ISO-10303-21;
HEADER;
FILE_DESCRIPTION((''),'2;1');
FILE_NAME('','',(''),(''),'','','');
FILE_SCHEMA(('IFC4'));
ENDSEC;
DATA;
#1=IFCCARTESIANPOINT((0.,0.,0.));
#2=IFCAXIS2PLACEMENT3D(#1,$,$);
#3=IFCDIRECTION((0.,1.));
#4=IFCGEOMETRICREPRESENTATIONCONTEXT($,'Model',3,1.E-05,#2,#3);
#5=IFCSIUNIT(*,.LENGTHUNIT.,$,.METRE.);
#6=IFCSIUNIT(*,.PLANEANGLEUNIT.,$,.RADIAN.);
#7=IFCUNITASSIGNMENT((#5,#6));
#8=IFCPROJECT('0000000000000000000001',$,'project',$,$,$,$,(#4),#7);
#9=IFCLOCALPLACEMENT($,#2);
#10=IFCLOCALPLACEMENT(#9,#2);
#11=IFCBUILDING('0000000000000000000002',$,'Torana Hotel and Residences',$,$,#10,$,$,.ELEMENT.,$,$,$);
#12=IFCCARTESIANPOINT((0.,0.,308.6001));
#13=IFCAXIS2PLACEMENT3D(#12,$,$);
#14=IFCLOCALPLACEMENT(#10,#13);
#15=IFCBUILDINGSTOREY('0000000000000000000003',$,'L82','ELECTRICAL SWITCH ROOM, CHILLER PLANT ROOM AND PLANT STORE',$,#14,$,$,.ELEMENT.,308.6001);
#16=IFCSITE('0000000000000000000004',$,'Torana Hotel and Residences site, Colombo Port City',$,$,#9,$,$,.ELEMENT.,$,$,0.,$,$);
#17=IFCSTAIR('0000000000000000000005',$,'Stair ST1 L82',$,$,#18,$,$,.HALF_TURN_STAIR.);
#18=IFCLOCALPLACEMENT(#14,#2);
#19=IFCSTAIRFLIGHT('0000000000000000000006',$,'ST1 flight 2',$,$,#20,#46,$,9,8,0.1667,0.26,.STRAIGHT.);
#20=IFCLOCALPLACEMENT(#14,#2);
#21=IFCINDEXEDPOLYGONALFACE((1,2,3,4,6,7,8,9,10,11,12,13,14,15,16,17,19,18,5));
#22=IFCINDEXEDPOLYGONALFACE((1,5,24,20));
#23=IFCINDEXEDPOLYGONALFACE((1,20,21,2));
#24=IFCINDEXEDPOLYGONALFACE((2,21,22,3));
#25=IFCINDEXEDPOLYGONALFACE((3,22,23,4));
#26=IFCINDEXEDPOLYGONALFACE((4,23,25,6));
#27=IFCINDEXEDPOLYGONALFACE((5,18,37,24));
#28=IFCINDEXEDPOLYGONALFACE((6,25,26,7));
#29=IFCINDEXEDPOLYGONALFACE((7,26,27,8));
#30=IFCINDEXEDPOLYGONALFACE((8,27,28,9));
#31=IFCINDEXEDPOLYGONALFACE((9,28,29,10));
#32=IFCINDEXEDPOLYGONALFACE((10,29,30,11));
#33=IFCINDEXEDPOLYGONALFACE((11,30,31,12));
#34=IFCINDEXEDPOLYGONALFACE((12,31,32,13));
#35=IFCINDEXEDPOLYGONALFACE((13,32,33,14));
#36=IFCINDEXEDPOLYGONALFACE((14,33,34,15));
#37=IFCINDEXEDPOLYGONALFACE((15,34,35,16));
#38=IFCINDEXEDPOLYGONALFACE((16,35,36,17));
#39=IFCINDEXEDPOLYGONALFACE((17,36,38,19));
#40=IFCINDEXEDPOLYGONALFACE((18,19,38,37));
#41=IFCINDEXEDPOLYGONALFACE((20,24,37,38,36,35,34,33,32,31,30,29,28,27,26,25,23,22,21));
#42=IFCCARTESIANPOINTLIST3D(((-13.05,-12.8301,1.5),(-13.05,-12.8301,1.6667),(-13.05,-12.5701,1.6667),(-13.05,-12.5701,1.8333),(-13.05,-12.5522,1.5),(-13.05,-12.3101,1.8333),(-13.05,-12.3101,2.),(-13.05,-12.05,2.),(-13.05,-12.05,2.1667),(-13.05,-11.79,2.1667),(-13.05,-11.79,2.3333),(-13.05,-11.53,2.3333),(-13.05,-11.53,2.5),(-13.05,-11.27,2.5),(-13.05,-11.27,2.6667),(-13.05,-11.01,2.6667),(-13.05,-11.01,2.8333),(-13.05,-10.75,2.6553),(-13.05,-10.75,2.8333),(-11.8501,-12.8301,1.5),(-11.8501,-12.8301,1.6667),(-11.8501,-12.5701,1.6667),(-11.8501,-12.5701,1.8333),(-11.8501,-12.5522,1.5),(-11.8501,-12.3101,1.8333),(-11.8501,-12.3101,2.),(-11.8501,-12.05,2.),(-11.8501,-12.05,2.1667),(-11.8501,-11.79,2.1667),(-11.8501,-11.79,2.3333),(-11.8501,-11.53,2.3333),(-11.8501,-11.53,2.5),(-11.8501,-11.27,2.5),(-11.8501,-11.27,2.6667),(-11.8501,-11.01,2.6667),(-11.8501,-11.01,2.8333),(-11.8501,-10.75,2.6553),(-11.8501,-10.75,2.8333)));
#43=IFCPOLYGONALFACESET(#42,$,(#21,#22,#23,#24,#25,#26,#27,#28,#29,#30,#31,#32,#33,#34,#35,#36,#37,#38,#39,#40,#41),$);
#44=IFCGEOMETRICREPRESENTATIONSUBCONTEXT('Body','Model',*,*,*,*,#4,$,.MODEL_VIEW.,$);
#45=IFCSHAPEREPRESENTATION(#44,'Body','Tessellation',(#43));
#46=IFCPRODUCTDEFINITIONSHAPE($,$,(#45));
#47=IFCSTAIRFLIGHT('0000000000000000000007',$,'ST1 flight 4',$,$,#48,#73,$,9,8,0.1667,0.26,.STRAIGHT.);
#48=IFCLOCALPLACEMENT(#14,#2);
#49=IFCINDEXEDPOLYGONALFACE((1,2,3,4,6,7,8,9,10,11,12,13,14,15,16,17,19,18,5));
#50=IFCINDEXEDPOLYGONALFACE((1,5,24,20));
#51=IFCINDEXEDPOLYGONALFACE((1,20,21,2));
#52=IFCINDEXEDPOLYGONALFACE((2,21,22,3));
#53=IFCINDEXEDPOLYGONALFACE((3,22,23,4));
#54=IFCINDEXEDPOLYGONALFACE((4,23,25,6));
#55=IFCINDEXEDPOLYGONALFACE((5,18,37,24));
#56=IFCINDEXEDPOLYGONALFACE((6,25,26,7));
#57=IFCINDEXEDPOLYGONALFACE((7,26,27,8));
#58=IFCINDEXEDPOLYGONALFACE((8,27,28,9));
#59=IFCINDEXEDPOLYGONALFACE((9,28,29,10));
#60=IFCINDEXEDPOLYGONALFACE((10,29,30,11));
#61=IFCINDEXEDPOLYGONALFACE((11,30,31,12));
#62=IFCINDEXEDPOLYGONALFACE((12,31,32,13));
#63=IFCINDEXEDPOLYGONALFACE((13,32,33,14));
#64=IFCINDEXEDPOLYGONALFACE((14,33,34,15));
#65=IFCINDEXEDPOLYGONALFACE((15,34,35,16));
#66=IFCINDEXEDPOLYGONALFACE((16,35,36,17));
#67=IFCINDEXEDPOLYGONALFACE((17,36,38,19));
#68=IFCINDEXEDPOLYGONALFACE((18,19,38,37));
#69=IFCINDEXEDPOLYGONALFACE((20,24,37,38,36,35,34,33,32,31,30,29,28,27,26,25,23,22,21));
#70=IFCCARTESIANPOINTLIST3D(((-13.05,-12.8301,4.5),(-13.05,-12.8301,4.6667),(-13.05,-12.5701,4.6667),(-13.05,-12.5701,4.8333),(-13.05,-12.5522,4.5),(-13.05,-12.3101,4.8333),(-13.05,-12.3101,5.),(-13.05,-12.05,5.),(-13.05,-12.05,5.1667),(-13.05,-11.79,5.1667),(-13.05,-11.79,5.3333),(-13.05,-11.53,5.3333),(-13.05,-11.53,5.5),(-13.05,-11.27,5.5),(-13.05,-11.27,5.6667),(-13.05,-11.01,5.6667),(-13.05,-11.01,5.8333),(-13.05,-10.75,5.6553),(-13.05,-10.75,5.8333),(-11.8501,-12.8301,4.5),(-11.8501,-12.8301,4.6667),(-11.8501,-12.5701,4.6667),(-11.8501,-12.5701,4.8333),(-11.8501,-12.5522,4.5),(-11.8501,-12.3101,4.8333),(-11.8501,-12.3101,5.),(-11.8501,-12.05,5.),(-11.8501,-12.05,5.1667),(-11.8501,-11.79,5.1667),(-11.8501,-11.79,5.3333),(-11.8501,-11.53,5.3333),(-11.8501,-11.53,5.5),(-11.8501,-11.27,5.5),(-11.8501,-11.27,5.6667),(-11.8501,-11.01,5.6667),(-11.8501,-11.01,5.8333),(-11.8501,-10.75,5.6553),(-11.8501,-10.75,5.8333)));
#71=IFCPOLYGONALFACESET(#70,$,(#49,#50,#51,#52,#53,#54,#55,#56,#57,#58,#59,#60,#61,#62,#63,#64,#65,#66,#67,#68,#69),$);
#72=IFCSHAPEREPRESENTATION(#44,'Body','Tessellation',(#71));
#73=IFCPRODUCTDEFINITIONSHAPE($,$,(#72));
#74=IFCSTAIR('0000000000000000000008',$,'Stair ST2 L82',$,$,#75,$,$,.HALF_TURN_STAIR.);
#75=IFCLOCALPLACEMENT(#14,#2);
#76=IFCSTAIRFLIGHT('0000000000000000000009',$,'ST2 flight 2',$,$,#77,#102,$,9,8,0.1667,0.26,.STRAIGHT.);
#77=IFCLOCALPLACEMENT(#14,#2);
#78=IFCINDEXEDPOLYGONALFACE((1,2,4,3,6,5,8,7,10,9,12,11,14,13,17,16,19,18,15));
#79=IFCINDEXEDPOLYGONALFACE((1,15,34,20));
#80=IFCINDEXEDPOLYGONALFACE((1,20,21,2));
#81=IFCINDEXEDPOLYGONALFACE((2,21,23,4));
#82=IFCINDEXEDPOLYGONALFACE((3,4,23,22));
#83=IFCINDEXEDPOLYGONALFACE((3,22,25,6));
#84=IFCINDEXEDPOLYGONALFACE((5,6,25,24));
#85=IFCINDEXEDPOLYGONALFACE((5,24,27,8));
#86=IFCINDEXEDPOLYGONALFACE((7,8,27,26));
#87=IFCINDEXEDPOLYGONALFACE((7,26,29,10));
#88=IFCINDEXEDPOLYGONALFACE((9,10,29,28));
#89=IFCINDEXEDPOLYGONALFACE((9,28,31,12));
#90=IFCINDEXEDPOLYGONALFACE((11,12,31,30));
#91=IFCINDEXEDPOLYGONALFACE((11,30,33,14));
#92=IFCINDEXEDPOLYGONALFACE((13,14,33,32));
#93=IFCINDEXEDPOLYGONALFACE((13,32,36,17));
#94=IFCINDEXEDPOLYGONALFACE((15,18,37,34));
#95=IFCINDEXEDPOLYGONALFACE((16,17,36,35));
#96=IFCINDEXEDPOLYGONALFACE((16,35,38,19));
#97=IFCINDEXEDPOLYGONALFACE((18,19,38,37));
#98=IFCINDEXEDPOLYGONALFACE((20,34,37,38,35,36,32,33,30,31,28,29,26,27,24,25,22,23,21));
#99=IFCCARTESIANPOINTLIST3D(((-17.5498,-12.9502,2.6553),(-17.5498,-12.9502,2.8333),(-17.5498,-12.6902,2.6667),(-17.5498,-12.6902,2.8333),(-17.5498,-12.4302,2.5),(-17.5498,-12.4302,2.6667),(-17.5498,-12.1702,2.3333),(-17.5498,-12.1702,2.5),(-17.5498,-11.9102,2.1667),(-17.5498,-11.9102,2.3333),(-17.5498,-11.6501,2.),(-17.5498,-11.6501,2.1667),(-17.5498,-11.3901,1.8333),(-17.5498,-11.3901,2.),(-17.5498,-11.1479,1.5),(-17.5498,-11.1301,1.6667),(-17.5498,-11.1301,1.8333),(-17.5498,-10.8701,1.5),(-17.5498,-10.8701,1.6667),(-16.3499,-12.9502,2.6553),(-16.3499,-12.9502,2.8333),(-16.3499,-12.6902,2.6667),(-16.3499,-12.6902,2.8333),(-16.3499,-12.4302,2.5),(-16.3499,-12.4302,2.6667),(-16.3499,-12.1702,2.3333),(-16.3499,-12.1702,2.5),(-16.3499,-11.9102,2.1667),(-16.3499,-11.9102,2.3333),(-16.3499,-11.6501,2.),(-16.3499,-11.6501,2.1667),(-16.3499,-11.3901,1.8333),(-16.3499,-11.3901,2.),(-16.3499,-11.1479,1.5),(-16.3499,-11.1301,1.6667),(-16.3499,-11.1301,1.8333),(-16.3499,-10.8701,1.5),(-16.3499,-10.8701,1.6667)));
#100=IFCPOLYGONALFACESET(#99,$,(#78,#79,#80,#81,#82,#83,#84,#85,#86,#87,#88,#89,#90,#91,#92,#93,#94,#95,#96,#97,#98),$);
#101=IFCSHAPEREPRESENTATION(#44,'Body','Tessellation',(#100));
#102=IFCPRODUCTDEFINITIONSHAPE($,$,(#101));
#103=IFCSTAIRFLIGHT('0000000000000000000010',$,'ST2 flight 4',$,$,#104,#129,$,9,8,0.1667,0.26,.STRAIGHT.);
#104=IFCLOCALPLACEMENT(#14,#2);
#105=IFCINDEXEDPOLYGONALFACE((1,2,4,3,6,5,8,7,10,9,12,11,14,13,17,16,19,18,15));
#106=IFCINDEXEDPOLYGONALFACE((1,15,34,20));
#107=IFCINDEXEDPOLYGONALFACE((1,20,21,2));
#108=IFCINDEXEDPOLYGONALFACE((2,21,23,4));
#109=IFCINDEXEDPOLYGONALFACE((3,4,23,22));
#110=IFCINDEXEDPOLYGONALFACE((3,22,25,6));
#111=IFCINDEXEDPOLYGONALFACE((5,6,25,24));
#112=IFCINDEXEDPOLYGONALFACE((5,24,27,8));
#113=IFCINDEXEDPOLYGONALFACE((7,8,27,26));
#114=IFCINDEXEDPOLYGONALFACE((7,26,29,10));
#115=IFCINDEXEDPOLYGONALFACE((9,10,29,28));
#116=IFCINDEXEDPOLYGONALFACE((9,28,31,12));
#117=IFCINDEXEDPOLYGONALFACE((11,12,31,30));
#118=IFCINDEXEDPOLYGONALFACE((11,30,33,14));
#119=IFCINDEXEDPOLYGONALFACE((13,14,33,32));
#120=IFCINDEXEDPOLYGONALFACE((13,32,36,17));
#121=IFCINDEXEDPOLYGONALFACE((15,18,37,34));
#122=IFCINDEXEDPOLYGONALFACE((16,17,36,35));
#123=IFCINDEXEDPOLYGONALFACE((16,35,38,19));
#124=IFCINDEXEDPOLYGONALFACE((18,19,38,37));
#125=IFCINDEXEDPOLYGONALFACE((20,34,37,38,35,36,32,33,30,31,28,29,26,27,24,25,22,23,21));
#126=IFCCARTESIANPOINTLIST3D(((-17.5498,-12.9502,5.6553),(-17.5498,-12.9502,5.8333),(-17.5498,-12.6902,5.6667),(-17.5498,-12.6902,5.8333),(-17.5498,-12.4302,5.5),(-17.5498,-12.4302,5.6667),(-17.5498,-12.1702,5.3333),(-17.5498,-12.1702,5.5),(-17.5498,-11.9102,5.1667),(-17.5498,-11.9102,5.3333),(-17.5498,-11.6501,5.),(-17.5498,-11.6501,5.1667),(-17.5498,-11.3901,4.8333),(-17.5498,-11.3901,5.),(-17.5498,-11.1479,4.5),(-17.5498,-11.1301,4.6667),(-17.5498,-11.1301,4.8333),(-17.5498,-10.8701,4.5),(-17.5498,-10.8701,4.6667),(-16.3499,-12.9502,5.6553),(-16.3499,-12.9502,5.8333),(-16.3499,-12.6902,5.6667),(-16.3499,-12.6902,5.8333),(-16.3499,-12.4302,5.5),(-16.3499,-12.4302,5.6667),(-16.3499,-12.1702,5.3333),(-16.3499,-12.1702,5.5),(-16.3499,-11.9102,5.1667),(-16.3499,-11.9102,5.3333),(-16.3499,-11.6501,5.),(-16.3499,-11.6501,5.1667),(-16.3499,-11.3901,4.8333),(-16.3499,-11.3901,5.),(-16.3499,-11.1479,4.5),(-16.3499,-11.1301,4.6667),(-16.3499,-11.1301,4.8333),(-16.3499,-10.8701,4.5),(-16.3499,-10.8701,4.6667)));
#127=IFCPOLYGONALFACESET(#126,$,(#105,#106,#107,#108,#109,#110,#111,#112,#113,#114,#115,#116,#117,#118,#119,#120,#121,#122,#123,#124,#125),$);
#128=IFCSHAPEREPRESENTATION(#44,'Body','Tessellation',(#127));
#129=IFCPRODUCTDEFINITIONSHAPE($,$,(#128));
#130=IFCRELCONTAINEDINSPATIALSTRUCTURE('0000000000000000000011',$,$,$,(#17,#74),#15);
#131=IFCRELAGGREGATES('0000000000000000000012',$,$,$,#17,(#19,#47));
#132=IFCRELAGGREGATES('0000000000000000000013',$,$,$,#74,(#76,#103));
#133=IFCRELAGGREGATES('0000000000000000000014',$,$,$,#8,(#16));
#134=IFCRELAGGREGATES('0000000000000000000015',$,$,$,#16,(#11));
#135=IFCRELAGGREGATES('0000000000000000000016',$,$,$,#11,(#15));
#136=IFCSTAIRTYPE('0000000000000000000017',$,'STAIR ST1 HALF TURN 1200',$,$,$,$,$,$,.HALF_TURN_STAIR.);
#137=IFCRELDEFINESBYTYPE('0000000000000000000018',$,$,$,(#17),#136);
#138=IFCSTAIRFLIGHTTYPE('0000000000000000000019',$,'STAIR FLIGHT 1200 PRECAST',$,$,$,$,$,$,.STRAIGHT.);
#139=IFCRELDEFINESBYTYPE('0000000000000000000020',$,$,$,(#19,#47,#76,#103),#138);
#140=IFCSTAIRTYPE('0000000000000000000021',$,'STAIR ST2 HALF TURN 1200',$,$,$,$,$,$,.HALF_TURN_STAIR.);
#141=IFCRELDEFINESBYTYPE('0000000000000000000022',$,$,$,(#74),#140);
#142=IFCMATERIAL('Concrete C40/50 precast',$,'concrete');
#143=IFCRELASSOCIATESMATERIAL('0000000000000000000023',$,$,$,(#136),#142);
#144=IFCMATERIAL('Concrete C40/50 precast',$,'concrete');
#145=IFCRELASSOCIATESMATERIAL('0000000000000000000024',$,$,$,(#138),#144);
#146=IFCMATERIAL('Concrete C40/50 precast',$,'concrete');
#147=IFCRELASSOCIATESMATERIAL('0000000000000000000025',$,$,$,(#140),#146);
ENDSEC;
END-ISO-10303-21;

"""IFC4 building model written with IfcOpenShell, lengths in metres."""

from ifc_helpers import new_model, si_unit, direction, frame, origin, place, context, subcontext, project, spatial, polyline, outline, extrude, material, type_object, element, aggregate, save


model = new_model("IFC4")

# Units and contexts
model_context = context("Model", 3, precision=1e-05, world=origin(), true_north=direction((0.0, 1.0)))
body_context = subcontext(model_context, "Body", "Model", "MODEL_VIEW")
ifc_project = project(units=[si_unit("LENGTHUNIT", "METRE"), si_unit("PLANEANGLEUNIT", "RADIAN")], contexts=[model_context])

# Site, building, storey
site_placement = place(None, origin())
site = spatial("IfcSite", under=ifc_project, at=site_placement, Name="Torana Hotel and Residences site, Colombo Port City", CompositionType="ELEMENT", RefElevation=0.0)
building_placement = place(site_placement, origin())
building = spatial("IfcBuilding", under=site, at=building_placement, Name="Torana Hotel and Residences", CompositionType="ELEMENT")
storey_placement = place(building_placement, frame((0.0, 0.0, 308.6001)))
storey = spatial("IfcBuildingStorey", under=building, at=storey_placement, Name="L82", Description="ELECTRICAL SWITCH ROOM, CHILLER PLANT ROOM AND PLANT STORE", CompositionType="ELEMENT", Elevation=308.6001)

# Stairs, stair flights
ifc_material_1 = material(Name="Concrete C40/50 precast", Category="concrete")
stair_type_1 = type_object("IfcStairType", Name="STAIR ST1 HALF TURN 1200", PredefinedType="HALF_TURN_STAIR", material=ifc_material_1)
stair_1_placement = place(storey_placement, origin())
stair_1 = element("IfcStair", 1, at=stair_1_placement, inside=storey, type_object=stair_type_1, Name="Stair ST1 L82", PredefinedType="HALF_TURN_STAIR")
ifc_material_2 = material(Name="Concrete C40/50 precast", Category="concrete")
stair_flight_type = type_object("IfcStairFlightType", Name="STAIR FLIGHT 1200 PRECAST", PredefinedType="STRAIGHT", material=ifc_material_2)
stair_flight_1_placement = place(storey_placement, frame((-12.45, -12.8301, 1.5), z_axis=(0.0, 0.0, 1.0), x_axis=(0.0, 1.0, 0.0)))
stair_flight_1 = element("IfcStairFlight", 2, at=stair_flight_1_placement, type_object=stair_flight_type, Name="ST1 flight 2", NumberOfRisers=9, NumberOfTreads=8, PredefinedType="STRAIGHT", RiserHeight=0.1667, TreadLength=0.26, context=body_context, shape_type="SweptSolid", body=[
    extrude(outline(polyline([(0.0, 0.0), (0.0, 0.1667), (0.26, 0.1667), (0.26, 0.3333), (0.52, 0.3333), (0.52, 0.5), (0.78, 0.5), (0.78, 0.6667), (1.04, 0.6667), (1.04, 0.8333), (1.3, 0.8333), (1.3, 1.0), (1.5601, 1.0), (1.5601, 1.1667), (1.8201, 1.1667), (1.8201, 1.3333), (2.0801, 1.3333), (2.0801, 1.5), (2.0801, 1.1553), (0.2778, 0.0), (0.0, 0.0)])), frame((0.0, 0.6001, 0.0), z_axis=(0.0, -1.0, 0.0), x_axis=(1.0, 0.0, 0.0)), (0.0, 0.0, 1.0), 1.2),
])
stair_flight_2_placement = place(storey_placement, frame((-12.45, -12.8301, 4.5), z_axis=(0.0, 0.0, 1.0), x_axis=(0.0, 1.0, 0.0)))
stair_flight_2 = element("IfcStairFlight", 3, at=stair_flight_2_placement, type_object=stair_flight_type, Name="ST1 flight 4", NumberOfRisers=9, NumberOfTreads=8, PredefinedType="STRAIGHT", RiserHeight=0.1667, TreadLength=0.26, context=body_context, shape_type="SweptSolid", body=[
    extrude(outline(polyline([(0.0, 0.0), (0.0, 0.1667), (0.26, 0.1667), (0.26, 0.3333), (0.52, 0.3333), (0.52, 0.5), (0.78, 0.5), (0.78, 0.6667), (1.04, 0.6667), (1.04, 0.8333), (1.3, 0.8333), (1.3, 1.0), (1.5601, 1.0), (1.5601, 1.1667), (1.8201, 1.1667), (1.8201, 1.3333), (2.0801, 1.3333), (2.0801, 1.5), (2.0801, 1.1553), (0.2778, 0.0), (0.0, 0.0)])), frame((0.0, 0.6001, 0.0), z_axis=(0.0, -1.0, 0.0), x_axis=(1.0, 0.0, 0.0)), (0.0, 0.0, 1.0), 1.2),
])
aggregate(stair_1, [stair_flight_1, stair_flight_2])
ifc_material_3 = material(Name="Concrete C40/50 precast", Category="concrete")
stair_type_2 = type_object("IfcStairType", Name="STAIR ST2 HALF TURN 1200", PredefinedType="HALF_TURN_STAIR", material=ifc_material_3)
stair_2_placement = place(storey_placement, origin())
stair_2 = element("IfcStair", 4, at=stair_2_placement, inside=storey, type_object=stair_type_2, Name="Stair ST2 L82", PredefinedType="HALF_TURN_STAIR")
stair_flight_3_placement = place(storey_placement, frame((-16.95, -10.8701, 1.5), z_axis=(0.0, 0.0, 1.0), x_axis=(0.0, -1.0, 0.0)))
stair_flight_3 = element("IfcStairFlight", 5, at=stair_flight_3_placement, type_object=stair_flight_type, Name="ST2 flight 2", NumberOfRisers=9, NumberOfTreads=8, PredefinedType="STRAIGHT", RiserHeight=0.1667, TreadLength=0.26, context=body_context, shape_type="SweptSolid", body=[
    extrude(outline(polyline([(0.0, 0.0), (0.0, 0.1667), (0.26, 0.1667), (0.26, 0.3333), (0.52, 0.3333), (0.52, 0.5), (0.78, 0.5), (0.78, 0.6667), (1.04, 0.6667), (1.04, 0.8333), (1.3, 0.8333), (1.3, 1.0), (1.5601, 1.0), (1.5601, 1.1667), (1.8201, 1.1667), (1.8201, 1.3333), (2.0801, 1.3333), (2.0801, 1.5), (2.0801, 1.1553), (0.2778, 0.0), (0.0, 0.0)])), frame((0.0, 0.6001, 0.0), z_axis=(0.0, -1.0, 0.0), x_axis=(1.0, 0.0, 0.0)), (0.0, 0.0, 1.0), 1.2),
])
stair_flight_4_placement = place(storey_placement, frame((-16.95, -10.8701, 4.5), z_axis=(0.0, 0.0, 1.0), x_axis=(0.0, -1.0, 0.0)))
stair_flight_4 = element("IfcStairFlight", 6, at=stair_flight_4_placement, type_object=stair_flight_type, Name="ST2 flight 4", NumberOfRisers=9, NumberOfTreads=8, PredefinedType="STRAIGHT", RiserHeight=0.1667, TreadLength=0.26, context=body_context, shape_type="SweptSolid", body=[
    extrude(outline(polyline([(0.0, 0.0), (0.0, 0.1667), (0.26, 0.1667), (0.26, 0.3333), (0.52, 0.3333), (0.52, 0.5), (0.78, 0.5), (0.78, 0.6667), (1.04, 0.6667), (1.04, 0.8333), (1.3, 0.8333), (1.3, 1.0), (1.5601, 1.0), (1.5601, 1.1667), (1.8201, 1.1667), (1.8201, 1.3333), (2.0801, 1.3333), (2.0801, 1.5), (2.0801, 1.1553), (0.2778, 0.0), (0.0, 0.0)])), frame((0.0, 0.6001, 0.0), z_axis=(0.0, -1.0, 0.0), x_axis=(1.0, 0.0, 0.0)), (0.0, 0.0, 1.0), 1.2),
])
aggregate(stair_2, [stair_flight_3, stair_flight_4])

save(model, "model.ifc")
